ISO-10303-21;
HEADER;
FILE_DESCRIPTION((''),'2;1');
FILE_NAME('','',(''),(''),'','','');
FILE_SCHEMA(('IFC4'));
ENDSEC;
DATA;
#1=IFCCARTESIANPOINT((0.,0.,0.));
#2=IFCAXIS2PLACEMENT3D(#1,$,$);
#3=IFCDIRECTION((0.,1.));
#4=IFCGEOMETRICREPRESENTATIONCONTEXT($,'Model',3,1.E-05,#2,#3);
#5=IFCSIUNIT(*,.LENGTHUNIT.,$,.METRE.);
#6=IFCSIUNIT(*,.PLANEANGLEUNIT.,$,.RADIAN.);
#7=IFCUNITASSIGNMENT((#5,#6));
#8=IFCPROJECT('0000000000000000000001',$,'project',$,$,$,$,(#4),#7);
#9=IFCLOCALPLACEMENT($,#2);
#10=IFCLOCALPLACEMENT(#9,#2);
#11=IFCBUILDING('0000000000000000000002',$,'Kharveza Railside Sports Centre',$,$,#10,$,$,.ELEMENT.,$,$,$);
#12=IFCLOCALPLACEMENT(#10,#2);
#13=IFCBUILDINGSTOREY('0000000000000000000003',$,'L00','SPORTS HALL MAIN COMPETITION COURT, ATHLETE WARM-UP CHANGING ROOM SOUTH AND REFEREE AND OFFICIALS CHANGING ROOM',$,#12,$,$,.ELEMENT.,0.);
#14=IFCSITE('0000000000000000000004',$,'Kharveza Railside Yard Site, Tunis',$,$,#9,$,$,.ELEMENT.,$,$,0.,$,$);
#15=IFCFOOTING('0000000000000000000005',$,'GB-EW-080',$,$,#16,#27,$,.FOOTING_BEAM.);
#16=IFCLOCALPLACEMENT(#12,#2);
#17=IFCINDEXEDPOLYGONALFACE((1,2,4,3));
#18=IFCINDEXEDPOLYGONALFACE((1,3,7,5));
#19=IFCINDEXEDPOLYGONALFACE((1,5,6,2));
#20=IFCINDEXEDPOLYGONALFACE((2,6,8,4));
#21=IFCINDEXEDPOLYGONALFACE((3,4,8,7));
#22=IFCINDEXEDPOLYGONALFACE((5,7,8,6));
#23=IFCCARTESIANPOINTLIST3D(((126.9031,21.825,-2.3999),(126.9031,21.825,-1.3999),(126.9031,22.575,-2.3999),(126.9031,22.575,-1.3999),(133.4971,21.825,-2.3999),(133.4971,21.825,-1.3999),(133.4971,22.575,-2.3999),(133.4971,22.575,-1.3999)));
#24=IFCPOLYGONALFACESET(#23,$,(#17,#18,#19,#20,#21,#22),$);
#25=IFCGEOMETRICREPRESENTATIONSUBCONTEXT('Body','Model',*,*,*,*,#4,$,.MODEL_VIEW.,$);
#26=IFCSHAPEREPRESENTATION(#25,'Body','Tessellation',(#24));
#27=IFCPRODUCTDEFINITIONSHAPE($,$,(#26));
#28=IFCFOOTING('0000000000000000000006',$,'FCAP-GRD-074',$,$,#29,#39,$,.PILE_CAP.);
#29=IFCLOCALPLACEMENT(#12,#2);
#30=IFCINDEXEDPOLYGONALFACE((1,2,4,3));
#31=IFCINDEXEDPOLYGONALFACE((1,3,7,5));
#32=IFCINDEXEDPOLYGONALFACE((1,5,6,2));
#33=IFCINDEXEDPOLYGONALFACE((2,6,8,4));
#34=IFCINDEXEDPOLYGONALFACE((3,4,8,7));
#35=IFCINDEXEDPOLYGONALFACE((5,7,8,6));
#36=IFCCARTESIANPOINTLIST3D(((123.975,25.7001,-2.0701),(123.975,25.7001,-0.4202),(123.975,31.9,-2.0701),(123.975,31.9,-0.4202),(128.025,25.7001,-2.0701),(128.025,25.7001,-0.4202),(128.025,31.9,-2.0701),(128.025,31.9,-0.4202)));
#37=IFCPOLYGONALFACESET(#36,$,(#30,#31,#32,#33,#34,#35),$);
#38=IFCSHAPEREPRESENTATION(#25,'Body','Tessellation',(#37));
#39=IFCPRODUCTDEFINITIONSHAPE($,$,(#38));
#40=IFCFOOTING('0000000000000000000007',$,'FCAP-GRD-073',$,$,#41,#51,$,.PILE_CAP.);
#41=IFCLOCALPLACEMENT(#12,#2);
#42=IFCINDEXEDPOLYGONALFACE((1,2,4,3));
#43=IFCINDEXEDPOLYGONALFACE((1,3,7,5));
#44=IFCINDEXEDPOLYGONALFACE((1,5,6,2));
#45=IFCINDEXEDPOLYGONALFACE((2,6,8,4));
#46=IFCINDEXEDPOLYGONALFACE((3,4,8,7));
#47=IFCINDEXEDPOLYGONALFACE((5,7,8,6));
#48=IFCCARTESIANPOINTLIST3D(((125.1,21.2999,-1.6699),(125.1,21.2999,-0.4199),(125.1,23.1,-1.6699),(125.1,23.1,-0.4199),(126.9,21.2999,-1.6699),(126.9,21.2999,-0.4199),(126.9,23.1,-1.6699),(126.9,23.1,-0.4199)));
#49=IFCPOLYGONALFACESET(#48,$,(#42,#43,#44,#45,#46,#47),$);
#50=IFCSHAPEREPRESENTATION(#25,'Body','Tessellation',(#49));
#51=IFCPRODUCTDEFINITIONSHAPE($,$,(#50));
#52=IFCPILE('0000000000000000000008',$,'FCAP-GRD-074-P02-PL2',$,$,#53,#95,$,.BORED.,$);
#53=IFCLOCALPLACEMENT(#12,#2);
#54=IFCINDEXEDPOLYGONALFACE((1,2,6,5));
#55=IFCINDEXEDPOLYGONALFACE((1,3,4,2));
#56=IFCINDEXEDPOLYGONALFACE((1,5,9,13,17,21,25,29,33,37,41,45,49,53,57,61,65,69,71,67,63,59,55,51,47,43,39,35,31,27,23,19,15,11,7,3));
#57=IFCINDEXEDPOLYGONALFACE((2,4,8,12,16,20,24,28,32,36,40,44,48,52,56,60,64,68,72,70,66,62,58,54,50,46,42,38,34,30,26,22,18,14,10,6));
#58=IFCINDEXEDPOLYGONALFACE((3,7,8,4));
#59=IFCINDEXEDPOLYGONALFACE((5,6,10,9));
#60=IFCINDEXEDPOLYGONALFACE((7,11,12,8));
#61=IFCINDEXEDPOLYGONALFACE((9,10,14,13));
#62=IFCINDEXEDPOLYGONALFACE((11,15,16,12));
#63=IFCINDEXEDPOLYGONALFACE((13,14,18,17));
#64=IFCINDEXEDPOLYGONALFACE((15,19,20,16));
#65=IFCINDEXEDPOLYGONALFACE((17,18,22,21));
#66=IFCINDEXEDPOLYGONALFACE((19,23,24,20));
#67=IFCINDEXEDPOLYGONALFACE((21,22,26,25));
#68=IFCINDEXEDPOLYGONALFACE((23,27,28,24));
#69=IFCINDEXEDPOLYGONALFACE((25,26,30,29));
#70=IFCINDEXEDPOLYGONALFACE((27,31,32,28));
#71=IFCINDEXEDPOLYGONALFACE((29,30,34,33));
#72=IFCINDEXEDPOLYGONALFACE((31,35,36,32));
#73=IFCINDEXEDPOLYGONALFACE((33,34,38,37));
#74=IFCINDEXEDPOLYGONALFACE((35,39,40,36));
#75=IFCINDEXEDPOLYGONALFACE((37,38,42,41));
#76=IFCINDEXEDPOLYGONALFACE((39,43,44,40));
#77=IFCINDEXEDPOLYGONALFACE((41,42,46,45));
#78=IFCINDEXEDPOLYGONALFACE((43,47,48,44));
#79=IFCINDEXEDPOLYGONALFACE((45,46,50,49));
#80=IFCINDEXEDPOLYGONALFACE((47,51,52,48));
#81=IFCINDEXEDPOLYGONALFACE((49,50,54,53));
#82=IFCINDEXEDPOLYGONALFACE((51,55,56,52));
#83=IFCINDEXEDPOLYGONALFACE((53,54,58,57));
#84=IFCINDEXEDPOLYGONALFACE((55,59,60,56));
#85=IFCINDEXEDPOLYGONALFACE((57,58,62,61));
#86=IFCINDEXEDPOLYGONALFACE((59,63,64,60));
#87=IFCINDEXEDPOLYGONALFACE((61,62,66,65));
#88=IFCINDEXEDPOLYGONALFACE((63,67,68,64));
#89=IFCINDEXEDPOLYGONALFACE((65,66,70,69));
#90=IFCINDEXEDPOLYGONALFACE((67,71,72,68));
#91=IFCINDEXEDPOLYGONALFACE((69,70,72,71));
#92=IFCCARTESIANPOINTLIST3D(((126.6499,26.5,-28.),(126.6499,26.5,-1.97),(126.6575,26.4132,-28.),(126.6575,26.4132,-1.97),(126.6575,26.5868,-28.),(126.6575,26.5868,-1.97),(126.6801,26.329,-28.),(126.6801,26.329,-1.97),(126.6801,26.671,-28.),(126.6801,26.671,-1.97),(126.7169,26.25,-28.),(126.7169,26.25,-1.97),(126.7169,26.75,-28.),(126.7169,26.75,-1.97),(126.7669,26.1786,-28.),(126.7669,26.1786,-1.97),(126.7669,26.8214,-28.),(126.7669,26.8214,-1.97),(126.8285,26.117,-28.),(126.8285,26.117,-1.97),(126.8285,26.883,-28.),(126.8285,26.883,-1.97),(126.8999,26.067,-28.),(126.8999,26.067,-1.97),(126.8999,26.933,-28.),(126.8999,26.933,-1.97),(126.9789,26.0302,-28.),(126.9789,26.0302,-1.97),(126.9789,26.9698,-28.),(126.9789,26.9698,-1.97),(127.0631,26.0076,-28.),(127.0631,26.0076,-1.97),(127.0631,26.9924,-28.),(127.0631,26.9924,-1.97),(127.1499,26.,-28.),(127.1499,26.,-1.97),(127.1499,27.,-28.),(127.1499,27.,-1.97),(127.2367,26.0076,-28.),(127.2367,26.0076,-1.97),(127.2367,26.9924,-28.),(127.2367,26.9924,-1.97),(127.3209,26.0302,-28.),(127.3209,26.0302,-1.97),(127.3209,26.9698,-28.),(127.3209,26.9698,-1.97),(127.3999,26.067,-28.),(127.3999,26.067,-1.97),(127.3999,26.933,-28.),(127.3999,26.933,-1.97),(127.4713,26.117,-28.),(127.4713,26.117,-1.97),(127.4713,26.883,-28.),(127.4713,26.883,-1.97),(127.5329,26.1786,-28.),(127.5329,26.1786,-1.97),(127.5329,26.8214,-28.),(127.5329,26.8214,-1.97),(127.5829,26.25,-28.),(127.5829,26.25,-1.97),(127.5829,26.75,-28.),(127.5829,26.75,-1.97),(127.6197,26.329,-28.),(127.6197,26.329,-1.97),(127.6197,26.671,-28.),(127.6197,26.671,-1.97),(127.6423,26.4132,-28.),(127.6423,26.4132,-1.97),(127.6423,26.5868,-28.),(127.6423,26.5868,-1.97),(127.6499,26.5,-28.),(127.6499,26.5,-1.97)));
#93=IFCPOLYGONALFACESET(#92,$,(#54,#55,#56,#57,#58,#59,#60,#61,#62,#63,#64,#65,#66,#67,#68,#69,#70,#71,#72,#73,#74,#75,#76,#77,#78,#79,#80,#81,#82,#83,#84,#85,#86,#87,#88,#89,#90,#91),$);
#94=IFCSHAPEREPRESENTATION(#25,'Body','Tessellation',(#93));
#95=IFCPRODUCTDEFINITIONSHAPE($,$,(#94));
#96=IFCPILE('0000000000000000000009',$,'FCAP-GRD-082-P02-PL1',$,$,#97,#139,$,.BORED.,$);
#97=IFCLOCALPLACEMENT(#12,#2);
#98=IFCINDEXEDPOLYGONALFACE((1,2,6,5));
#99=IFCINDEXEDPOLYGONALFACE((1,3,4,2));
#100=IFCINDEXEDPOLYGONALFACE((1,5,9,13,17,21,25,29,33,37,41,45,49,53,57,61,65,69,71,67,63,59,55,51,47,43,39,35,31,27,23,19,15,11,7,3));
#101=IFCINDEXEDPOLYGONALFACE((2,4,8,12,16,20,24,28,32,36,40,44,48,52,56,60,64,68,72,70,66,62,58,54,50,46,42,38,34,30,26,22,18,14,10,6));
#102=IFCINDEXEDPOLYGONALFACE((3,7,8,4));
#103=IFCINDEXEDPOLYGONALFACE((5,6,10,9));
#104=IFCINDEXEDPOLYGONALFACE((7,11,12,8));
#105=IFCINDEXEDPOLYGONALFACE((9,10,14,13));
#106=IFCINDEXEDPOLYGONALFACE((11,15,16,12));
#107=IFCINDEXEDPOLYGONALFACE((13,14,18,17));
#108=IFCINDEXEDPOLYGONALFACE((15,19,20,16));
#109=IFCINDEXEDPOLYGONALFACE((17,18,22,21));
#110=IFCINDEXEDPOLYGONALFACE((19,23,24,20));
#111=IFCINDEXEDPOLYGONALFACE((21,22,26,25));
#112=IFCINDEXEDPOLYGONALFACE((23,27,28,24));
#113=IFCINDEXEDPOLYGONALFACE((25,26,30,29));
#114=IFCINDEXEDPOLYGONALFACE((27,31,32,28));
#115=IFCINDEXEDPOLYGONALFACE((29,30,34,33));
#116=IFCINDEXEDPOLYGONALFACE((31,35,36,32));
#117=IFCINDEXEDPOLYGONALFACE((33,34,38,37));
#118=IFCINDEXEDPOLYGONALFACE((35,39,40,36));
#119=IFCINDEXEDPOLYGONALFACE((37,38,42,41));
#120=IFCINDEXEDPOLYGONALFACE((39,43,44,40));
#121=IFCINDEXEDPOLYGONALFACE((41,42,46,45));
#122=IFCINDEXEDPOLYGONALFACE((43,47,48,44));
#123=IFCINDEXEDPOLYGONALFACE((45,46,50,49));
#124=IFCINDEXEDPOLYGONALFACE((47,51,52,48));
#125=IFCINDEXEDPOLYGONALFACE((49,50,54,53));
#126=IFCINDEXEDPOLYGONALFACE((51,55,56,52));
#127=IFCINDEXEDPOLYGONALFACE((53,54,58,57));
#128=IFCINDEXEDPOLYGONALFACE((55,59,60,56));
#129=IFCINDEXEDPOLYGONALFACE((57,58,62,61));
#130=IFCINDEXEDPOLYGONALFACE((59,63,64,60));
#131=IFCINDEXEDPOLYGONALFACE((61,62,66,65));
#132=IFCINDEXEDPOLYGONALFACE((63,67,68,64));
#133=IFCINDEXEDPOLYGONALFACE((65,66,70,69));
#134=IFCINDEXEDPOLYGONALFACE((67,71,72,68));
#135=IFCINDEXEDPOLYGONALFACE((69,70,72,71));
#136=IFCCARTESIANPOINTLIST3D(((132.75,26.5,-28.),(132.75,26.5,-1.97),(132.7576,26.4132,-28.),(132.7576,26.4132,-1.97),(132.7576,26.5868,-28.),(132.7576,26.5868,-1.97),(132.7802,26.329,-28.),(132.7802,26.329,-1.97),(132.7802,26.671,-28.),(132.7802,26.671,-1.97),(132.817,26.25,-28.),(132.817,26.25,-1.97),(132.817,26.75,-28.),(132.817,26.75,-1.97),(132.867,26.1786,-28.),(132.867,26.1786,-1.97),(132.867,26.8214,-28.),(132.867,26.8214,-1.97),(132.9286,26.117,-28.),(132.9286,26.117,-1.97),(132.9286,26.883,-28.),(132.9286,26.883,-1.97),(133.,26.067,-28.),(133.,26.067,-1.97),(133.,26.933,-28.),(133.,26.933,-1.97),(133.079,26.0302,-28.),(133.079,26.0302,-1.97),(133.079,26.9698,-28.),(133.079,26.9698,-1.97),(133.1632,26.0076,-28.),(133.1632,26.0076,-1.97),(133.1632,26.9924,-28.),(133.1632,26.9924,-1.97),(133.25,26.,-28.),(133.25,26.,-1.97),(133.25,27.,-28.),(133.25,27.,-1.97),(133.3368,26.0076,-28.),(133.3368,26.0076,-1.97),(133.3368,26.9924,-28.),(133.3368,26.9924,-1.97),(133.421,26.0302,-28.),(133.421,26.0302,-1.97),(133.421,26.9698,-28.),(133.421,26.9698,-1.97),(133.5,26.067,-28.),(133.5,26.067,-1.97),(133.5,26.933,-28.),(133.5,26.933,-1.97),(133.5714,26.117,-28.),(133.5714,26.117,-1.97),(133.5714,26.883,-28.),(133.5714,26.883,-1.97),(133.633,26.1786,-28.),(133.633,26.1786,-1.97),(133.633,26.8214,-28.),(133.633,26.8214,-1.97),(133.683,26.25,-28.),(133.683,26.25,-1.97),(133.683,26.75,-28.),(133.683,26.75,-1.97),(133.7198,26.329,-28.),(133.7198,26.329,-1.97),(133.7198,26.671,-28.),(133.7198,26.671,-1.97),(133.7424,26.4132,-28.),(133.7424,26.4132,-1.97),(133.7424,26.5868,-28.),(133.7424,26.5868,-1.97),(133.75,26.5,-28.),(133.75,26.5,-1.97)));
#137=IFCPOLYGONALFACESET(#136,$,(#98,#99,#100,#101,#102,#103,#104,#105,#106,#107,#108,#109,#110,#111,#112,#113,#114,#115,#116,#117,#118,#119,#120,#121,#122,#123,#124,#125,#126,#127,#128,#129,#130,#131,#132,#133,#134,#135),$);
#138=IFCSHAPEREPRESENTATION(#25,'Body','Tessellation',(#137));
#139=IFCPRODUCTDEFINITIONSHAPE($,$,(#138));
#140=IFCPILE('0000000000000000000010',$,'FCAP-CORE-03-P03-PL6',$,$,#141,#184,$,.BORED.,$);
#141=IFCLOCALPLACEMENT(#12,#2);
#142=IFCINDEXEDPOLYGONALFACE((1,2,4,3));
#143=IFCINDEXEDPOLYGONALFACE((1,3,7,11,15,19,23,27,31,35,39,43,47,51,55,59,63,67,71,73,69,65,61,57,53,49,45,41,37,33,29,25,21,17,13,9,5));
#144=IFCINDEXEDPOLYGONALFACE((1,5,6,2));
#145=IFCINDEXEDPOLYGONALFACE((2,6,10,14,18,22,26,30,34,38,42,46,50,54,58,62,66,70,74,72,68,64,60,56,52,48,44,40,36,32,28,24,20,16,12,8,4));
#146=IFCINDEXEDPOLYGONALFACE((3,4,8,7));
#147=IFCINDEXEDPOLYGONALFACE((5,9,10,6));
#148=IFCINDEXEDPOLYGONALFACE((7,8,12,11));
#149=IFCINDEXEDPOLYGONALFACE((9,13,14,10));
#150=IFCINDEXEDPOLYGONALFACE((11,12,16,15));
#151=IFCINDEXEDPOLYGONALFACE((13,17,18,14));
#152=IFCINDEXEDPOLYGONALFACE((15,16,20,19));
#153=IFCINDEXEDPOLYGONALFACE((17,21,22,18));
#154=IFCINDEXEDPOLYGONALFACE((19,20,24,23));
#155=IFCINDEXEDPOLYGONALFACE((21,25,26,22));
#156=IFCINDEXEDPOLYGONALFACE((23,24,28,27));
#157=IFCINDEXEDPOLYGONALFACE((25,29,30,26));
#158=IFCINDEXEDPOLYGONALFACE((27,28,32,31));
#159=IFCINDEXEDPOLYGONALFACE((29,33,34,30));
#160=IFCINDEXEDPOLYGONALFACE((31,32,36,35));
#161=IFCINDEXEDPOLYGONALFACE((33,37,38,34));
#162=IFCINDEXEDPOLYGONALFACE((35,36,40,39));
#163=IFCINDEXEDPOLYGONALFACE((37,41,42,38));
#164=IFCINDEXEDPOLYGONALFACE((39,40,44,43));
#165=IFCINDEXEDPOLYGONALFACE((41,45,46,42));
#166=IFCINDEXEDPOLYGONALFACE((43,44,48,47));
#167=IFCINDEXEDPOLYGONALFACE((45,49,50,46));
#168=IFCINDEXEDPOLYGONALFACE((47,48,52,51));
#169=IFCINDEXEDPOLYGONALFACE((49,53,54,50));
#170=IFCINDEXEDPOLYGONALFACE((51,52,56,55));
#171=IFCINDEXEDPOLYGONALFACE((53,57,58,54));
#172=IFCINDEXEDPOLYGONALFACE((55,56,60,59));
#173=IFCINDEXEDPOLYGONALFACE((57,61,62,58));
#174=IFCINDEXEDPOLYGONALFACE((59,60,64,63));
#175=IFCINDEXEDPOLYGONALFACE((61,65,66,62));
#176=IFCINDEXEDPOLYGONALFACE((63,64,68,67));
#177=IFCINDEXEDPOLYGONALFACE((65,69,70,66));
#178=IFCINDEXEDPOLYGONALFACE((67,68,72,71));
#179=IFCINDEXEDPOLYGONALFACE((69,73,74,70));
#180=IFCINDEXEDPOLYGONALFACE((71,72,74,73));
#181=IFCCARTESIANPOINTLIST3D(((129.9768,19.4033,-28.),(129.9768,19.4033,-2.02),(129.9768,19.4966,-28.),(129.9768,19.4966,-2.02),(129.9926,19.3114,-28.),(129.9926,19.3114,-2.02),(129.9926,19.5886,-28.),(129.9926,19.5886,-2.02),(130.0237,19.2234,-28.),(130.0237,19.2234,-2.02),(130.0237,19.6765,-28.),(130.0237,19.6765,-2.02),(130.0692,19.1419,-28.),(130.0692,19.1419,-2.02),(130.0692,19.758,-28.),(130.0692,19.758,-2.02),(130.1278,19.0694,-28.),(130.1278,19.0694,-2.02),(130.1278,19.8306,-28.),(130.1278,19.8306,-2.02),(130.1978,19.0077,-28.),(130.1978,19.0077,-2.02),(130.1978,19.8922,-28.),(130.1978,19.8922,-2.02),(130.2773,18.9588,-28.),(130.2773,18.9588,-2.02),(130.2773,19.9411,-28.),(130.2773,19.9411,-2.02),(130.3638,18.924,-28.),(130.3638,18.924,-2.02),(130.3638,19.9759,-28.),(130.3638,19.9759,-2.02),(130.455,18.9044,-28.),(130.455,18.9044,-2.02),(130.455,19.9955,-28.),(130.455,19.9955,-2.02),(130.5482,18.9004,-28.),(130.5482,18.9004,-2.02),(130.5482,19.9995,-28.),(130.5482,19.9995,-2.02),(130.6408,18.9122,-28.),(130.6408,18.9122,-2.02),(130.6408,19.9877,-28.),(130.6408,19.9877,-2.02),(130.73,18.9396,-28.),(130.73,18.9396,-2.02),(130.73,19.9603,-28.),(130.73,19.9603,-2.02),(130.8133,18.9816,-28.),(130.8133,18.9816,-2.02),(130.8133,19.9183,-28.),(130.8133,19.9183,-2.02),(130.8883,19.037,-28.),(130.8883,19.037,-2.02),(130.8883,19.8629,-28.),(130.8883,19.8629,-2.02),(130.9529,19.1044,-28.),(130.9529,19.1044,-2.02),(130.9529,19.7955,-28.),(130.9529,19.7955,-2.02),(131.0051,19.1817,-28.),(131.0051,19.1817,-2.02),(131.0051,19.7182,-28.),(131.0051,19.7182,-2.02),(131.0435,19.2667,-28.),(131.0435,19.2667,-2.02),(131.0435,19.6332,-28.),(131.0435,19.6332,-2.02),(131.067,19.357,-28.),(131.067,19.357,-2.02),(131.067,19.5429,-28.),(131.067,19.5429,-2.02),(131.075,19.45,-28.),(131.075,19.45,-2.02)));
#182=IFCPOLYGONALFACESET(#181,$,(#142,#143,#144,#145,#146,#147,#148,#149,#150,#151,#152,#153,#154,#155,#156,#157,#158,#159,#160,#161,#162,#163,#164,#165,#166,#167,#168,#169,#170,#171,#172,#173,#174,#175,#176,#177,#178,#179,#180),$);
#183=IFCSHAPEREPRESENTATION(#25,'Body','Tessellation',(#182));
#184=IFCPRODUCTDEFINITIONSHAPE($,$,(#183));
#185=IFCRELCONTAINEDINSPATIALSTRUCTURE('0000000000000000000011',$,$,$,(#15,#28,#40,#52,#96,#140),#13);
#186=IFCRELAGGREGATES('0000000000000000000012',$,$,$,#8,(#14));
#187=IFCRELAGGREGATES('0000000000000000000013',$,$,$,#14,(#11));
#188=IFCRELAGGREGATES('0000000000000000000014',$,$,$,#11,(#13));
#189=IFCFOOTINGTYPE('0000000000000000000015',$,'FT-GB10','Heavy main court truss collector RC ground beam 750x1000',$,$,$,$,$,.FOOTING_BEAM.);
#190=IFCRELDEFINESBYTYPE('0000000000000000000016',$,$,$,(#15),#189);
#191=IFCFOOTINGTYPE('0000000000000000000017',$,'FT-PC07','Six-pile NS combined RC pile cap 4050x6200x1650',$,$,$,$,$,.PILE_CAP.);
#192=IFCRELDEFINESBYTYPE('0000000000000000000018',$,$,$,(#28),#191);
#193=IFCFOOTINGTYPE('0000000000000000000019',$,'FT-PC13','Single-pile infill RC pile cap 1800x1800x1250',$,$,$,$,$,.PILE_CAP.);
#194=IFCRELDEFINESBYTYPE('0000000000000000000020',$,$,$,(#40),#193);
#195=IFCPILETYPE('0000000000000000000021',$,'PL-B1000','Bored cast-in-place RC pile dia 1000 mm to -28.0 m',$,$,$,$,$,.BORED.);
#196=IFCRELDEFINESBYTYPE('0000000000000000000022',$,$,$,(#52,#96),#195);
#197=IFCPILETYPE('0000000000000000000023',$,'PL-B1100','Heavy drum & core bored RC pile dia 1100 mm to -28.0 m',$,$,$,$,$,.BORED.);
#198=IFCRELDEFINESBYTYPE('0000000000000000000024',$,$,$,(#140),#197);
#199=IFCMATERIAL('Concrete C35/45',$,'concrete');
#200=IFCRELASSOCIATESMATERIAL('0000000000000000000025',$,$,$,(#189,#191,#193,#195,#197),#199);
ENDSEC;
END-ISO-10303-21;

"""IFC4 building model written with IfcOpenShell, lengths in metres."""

from ifc_helpers import new_model, si_unit, direction, frame, origin, origin_2d, place, context, subcontext, project, spatial, rectangle, circle, extrude, material, material_profile, profile_set, type_object, element, save


model = new_model("IFC4")

# Units and contexts
model_context = context("Model", 3, precision=1e-05, world=origin(), true_north=direction((0.0, 1.0)))
body_context = subcontext(model_context, "Body", "Model", "MODEL_VIEW")
ifc_project = project(units=[si_unit("LENGTHUNIT", "METRE"), si_unit("PLANEANGLEUNIT", "RADIAN")], contexts=[model_context])

# Site, building, storey
site_placement = place(None, origin())
site = spatial("IfcSite", under=ifc_project, at=site_placement, Name="Kharveza Railside Yard Site, Tunis", CompositionType="ELEMENT", RefElevation=0.0)
building_placement = place(site_placement, origin())
building = spatial("IfcBuilding", under=site, at=building_placement, Name="Kharveza Railside Sports Centre", CompositionType="ELEMENT")
storey_placement = place(building_placement, origin())
storey = spatial("IfcBuildingStorey", under=building, at=storey_placement, Name="L00", Description="SPORTS HALL MAIN COMPETITION COURT, ATHLETE WARM-UP CHANGING ROOM SOUTH AND REFEREE AND OFFICIALS CHANGING ROOM", CompositionType="ELEMENT", Elevation=0.0)

# Footings
ifc_material_1 = material(Name="Concrete C35/45", Category="concrete")
ifc_material_profile_1 = material_profile(ifc_material_1, rectangle(XDim=0.75, YDim=1.0, at=origin_2d()), Name="GB 750x1000")
ifc_profile_set_1 = profile_set([ifc_material_profile_1], Name="Concrete C35/45")
footing_type_1 = type_object("IfcFootingType", Name="FT-GB10", Description="Heavy main court truss collector RC ground beam 750x1000", PredefinedType="FOOTING_BEAM", material=ifc_profile_set_1)
footing_1_placement = place(storey_placement, frame((126.9031, 22.2, -1.8999), z_axis=(1.0, 0.0, 0.0), x_axis=(0.0, 1.0, 0.0)))
element("IfcFooting", 1, at=footing_1_placement, inside=storey, type_object=footing_type_1, Name="GB-EW-080", PredefinedType="FOOTING_BEAM", context=body_context, shape_type="SweptSolid", body=[
    extrude(rectangle(XDim=0.75, YDim=1.0, at=origin_2d()), origin(), (0.0, 0.0, 1.0), 6.594),
])
footing_type_2 = type_object("IfcFootingType", Name="FT-PC07", Description="Six-pile NS combined RC pile cap 4050x6200x1650", PredefinedType="PILE_CAP", material=ifc_material_1)
footing_2_placement = place(storey_placement, frame((126.0, 28.8, -2.0701), z_axis=(0.0, 0.0, 1.0), x_axis=(1.0, 0.0, 0.0)))
element("IfcFooting", 2, at=footing_2_placement, inside=storey, type_object=footing_type_2, Name="FCAP-GRD-074", PredefinedType="PILE_CAP", context=body_context, shape_type="SweptSolid", body=[
    extrude(rectangle(XDim=4.05, YDim=6.2, at=origin_2d()), origin(), (0.0, 0.0, 1.0), 1.6499),
])
footing_type_3 = type_object("IfcFootingType", Name="FT-PC13", Description="Single-pile infill RC pile cap 1800x1800x1250", PredefinedType="PILE_CAP", material=ifc_material_1)
footing_3_placement = place(storey_placement, frame((126.0, 22.2, -1.6699), z_axis=(0.0, 0.0, 1.0), x_axis=(1.0, 0.0, 0.0)))
element("IfcFooting", 3, at=footing_3_placement, inside=storey, type_object=footing_type_3, Name="FCAP-GRD-073", PredefinedType="PILE_CAP", context=body_context, shape_type="SweptSolid", body=[
    extrude(rectangle(XDim=1.8, YDim=1.8, at=origin_2d()), origin(), (0.0, 0.0, 1.0), 1.25),
])

# Piles
ifc_material_profile_2 = material_profile(ifc_material_1, circle(Radius=0.5, at=origin_2d()), Name="PILE D1000")
ifc_profile_set_2 = profile_set([ifc_material_profile_2], Name="Concrete C35/45")
pile_type_1 = type_object("IfcPileType", Name="PL-B1000", Description="Bored cast-in-place RC pile dia 1000 mm to -28.0 m", PredefinedType="BORED", material=ifc_profile_set_2)
for number, where, z_axis, x_axis, name in (
    (4, (127.1499, 26.5, -1.97), (0.0, 0.0, -1.0), (1.0, 0.0, 0.0), "FCAP-GRD-074-P02-PL2"),
    (5, (133.25, 26.5, -1.97), (0.0, 0.0, -1.0), (1.0, 0.0, 0.0), "FCAP-GRD-082-P02-PL1"),
):
    element("IfcPile", number, at=place(storey_placement, frame(where, z_axis=z_axis, x_axis=x_axis)), inside=storey, type_object=pile_type_1, Name=name, PredefinedType="BORED", context=body_context, shape_type="SweptSolid", body=[
        extrude(circle(Radius=0.5, at=origin_2d()), origin(), (0.0, 0.0, 1.0), 26.03),
    ])
ifc_material_profile_3 = material_profile(ifc_material_1, circle(Radius=0.55, at=origin_2d()), Name="PILE D1100")
ifc_profile_set_3 = profile_set([ifc_material_profile_3], Name="Concrete C35/45")
pile_type_2 = type_object("IfcPileType", Name="PL-B1100", Description="Heavy drum & core bored RC pile dia 1100 mm to -28.0 m", PredefinedType="BORED", material=ifc_profile_set_3)
for number, where, z_axis, x_axis, name in (
    (6, (130.5249, 19.45, -2.02), (0.0, 0.0, -1.0), (1.0, 0.0, 0.0), "FCAP-CORE-03-P03-PL6"),
):
    element("IfcPile", number, at=place(storey_placement, frame(where, z_axis=z_axis, x_axis=x_axis)), inside=storey, type_object=pile_type_2, Name=name, PredefinedType="BORED", context=body_context, shape_type="SweptSolid", body=[
        extrude(circle(Radius=0.55, at=origin_2d()), origin(), (0.0, 0.0, 1.0), 25.98),
    ])

save(model, "model.ifc")
